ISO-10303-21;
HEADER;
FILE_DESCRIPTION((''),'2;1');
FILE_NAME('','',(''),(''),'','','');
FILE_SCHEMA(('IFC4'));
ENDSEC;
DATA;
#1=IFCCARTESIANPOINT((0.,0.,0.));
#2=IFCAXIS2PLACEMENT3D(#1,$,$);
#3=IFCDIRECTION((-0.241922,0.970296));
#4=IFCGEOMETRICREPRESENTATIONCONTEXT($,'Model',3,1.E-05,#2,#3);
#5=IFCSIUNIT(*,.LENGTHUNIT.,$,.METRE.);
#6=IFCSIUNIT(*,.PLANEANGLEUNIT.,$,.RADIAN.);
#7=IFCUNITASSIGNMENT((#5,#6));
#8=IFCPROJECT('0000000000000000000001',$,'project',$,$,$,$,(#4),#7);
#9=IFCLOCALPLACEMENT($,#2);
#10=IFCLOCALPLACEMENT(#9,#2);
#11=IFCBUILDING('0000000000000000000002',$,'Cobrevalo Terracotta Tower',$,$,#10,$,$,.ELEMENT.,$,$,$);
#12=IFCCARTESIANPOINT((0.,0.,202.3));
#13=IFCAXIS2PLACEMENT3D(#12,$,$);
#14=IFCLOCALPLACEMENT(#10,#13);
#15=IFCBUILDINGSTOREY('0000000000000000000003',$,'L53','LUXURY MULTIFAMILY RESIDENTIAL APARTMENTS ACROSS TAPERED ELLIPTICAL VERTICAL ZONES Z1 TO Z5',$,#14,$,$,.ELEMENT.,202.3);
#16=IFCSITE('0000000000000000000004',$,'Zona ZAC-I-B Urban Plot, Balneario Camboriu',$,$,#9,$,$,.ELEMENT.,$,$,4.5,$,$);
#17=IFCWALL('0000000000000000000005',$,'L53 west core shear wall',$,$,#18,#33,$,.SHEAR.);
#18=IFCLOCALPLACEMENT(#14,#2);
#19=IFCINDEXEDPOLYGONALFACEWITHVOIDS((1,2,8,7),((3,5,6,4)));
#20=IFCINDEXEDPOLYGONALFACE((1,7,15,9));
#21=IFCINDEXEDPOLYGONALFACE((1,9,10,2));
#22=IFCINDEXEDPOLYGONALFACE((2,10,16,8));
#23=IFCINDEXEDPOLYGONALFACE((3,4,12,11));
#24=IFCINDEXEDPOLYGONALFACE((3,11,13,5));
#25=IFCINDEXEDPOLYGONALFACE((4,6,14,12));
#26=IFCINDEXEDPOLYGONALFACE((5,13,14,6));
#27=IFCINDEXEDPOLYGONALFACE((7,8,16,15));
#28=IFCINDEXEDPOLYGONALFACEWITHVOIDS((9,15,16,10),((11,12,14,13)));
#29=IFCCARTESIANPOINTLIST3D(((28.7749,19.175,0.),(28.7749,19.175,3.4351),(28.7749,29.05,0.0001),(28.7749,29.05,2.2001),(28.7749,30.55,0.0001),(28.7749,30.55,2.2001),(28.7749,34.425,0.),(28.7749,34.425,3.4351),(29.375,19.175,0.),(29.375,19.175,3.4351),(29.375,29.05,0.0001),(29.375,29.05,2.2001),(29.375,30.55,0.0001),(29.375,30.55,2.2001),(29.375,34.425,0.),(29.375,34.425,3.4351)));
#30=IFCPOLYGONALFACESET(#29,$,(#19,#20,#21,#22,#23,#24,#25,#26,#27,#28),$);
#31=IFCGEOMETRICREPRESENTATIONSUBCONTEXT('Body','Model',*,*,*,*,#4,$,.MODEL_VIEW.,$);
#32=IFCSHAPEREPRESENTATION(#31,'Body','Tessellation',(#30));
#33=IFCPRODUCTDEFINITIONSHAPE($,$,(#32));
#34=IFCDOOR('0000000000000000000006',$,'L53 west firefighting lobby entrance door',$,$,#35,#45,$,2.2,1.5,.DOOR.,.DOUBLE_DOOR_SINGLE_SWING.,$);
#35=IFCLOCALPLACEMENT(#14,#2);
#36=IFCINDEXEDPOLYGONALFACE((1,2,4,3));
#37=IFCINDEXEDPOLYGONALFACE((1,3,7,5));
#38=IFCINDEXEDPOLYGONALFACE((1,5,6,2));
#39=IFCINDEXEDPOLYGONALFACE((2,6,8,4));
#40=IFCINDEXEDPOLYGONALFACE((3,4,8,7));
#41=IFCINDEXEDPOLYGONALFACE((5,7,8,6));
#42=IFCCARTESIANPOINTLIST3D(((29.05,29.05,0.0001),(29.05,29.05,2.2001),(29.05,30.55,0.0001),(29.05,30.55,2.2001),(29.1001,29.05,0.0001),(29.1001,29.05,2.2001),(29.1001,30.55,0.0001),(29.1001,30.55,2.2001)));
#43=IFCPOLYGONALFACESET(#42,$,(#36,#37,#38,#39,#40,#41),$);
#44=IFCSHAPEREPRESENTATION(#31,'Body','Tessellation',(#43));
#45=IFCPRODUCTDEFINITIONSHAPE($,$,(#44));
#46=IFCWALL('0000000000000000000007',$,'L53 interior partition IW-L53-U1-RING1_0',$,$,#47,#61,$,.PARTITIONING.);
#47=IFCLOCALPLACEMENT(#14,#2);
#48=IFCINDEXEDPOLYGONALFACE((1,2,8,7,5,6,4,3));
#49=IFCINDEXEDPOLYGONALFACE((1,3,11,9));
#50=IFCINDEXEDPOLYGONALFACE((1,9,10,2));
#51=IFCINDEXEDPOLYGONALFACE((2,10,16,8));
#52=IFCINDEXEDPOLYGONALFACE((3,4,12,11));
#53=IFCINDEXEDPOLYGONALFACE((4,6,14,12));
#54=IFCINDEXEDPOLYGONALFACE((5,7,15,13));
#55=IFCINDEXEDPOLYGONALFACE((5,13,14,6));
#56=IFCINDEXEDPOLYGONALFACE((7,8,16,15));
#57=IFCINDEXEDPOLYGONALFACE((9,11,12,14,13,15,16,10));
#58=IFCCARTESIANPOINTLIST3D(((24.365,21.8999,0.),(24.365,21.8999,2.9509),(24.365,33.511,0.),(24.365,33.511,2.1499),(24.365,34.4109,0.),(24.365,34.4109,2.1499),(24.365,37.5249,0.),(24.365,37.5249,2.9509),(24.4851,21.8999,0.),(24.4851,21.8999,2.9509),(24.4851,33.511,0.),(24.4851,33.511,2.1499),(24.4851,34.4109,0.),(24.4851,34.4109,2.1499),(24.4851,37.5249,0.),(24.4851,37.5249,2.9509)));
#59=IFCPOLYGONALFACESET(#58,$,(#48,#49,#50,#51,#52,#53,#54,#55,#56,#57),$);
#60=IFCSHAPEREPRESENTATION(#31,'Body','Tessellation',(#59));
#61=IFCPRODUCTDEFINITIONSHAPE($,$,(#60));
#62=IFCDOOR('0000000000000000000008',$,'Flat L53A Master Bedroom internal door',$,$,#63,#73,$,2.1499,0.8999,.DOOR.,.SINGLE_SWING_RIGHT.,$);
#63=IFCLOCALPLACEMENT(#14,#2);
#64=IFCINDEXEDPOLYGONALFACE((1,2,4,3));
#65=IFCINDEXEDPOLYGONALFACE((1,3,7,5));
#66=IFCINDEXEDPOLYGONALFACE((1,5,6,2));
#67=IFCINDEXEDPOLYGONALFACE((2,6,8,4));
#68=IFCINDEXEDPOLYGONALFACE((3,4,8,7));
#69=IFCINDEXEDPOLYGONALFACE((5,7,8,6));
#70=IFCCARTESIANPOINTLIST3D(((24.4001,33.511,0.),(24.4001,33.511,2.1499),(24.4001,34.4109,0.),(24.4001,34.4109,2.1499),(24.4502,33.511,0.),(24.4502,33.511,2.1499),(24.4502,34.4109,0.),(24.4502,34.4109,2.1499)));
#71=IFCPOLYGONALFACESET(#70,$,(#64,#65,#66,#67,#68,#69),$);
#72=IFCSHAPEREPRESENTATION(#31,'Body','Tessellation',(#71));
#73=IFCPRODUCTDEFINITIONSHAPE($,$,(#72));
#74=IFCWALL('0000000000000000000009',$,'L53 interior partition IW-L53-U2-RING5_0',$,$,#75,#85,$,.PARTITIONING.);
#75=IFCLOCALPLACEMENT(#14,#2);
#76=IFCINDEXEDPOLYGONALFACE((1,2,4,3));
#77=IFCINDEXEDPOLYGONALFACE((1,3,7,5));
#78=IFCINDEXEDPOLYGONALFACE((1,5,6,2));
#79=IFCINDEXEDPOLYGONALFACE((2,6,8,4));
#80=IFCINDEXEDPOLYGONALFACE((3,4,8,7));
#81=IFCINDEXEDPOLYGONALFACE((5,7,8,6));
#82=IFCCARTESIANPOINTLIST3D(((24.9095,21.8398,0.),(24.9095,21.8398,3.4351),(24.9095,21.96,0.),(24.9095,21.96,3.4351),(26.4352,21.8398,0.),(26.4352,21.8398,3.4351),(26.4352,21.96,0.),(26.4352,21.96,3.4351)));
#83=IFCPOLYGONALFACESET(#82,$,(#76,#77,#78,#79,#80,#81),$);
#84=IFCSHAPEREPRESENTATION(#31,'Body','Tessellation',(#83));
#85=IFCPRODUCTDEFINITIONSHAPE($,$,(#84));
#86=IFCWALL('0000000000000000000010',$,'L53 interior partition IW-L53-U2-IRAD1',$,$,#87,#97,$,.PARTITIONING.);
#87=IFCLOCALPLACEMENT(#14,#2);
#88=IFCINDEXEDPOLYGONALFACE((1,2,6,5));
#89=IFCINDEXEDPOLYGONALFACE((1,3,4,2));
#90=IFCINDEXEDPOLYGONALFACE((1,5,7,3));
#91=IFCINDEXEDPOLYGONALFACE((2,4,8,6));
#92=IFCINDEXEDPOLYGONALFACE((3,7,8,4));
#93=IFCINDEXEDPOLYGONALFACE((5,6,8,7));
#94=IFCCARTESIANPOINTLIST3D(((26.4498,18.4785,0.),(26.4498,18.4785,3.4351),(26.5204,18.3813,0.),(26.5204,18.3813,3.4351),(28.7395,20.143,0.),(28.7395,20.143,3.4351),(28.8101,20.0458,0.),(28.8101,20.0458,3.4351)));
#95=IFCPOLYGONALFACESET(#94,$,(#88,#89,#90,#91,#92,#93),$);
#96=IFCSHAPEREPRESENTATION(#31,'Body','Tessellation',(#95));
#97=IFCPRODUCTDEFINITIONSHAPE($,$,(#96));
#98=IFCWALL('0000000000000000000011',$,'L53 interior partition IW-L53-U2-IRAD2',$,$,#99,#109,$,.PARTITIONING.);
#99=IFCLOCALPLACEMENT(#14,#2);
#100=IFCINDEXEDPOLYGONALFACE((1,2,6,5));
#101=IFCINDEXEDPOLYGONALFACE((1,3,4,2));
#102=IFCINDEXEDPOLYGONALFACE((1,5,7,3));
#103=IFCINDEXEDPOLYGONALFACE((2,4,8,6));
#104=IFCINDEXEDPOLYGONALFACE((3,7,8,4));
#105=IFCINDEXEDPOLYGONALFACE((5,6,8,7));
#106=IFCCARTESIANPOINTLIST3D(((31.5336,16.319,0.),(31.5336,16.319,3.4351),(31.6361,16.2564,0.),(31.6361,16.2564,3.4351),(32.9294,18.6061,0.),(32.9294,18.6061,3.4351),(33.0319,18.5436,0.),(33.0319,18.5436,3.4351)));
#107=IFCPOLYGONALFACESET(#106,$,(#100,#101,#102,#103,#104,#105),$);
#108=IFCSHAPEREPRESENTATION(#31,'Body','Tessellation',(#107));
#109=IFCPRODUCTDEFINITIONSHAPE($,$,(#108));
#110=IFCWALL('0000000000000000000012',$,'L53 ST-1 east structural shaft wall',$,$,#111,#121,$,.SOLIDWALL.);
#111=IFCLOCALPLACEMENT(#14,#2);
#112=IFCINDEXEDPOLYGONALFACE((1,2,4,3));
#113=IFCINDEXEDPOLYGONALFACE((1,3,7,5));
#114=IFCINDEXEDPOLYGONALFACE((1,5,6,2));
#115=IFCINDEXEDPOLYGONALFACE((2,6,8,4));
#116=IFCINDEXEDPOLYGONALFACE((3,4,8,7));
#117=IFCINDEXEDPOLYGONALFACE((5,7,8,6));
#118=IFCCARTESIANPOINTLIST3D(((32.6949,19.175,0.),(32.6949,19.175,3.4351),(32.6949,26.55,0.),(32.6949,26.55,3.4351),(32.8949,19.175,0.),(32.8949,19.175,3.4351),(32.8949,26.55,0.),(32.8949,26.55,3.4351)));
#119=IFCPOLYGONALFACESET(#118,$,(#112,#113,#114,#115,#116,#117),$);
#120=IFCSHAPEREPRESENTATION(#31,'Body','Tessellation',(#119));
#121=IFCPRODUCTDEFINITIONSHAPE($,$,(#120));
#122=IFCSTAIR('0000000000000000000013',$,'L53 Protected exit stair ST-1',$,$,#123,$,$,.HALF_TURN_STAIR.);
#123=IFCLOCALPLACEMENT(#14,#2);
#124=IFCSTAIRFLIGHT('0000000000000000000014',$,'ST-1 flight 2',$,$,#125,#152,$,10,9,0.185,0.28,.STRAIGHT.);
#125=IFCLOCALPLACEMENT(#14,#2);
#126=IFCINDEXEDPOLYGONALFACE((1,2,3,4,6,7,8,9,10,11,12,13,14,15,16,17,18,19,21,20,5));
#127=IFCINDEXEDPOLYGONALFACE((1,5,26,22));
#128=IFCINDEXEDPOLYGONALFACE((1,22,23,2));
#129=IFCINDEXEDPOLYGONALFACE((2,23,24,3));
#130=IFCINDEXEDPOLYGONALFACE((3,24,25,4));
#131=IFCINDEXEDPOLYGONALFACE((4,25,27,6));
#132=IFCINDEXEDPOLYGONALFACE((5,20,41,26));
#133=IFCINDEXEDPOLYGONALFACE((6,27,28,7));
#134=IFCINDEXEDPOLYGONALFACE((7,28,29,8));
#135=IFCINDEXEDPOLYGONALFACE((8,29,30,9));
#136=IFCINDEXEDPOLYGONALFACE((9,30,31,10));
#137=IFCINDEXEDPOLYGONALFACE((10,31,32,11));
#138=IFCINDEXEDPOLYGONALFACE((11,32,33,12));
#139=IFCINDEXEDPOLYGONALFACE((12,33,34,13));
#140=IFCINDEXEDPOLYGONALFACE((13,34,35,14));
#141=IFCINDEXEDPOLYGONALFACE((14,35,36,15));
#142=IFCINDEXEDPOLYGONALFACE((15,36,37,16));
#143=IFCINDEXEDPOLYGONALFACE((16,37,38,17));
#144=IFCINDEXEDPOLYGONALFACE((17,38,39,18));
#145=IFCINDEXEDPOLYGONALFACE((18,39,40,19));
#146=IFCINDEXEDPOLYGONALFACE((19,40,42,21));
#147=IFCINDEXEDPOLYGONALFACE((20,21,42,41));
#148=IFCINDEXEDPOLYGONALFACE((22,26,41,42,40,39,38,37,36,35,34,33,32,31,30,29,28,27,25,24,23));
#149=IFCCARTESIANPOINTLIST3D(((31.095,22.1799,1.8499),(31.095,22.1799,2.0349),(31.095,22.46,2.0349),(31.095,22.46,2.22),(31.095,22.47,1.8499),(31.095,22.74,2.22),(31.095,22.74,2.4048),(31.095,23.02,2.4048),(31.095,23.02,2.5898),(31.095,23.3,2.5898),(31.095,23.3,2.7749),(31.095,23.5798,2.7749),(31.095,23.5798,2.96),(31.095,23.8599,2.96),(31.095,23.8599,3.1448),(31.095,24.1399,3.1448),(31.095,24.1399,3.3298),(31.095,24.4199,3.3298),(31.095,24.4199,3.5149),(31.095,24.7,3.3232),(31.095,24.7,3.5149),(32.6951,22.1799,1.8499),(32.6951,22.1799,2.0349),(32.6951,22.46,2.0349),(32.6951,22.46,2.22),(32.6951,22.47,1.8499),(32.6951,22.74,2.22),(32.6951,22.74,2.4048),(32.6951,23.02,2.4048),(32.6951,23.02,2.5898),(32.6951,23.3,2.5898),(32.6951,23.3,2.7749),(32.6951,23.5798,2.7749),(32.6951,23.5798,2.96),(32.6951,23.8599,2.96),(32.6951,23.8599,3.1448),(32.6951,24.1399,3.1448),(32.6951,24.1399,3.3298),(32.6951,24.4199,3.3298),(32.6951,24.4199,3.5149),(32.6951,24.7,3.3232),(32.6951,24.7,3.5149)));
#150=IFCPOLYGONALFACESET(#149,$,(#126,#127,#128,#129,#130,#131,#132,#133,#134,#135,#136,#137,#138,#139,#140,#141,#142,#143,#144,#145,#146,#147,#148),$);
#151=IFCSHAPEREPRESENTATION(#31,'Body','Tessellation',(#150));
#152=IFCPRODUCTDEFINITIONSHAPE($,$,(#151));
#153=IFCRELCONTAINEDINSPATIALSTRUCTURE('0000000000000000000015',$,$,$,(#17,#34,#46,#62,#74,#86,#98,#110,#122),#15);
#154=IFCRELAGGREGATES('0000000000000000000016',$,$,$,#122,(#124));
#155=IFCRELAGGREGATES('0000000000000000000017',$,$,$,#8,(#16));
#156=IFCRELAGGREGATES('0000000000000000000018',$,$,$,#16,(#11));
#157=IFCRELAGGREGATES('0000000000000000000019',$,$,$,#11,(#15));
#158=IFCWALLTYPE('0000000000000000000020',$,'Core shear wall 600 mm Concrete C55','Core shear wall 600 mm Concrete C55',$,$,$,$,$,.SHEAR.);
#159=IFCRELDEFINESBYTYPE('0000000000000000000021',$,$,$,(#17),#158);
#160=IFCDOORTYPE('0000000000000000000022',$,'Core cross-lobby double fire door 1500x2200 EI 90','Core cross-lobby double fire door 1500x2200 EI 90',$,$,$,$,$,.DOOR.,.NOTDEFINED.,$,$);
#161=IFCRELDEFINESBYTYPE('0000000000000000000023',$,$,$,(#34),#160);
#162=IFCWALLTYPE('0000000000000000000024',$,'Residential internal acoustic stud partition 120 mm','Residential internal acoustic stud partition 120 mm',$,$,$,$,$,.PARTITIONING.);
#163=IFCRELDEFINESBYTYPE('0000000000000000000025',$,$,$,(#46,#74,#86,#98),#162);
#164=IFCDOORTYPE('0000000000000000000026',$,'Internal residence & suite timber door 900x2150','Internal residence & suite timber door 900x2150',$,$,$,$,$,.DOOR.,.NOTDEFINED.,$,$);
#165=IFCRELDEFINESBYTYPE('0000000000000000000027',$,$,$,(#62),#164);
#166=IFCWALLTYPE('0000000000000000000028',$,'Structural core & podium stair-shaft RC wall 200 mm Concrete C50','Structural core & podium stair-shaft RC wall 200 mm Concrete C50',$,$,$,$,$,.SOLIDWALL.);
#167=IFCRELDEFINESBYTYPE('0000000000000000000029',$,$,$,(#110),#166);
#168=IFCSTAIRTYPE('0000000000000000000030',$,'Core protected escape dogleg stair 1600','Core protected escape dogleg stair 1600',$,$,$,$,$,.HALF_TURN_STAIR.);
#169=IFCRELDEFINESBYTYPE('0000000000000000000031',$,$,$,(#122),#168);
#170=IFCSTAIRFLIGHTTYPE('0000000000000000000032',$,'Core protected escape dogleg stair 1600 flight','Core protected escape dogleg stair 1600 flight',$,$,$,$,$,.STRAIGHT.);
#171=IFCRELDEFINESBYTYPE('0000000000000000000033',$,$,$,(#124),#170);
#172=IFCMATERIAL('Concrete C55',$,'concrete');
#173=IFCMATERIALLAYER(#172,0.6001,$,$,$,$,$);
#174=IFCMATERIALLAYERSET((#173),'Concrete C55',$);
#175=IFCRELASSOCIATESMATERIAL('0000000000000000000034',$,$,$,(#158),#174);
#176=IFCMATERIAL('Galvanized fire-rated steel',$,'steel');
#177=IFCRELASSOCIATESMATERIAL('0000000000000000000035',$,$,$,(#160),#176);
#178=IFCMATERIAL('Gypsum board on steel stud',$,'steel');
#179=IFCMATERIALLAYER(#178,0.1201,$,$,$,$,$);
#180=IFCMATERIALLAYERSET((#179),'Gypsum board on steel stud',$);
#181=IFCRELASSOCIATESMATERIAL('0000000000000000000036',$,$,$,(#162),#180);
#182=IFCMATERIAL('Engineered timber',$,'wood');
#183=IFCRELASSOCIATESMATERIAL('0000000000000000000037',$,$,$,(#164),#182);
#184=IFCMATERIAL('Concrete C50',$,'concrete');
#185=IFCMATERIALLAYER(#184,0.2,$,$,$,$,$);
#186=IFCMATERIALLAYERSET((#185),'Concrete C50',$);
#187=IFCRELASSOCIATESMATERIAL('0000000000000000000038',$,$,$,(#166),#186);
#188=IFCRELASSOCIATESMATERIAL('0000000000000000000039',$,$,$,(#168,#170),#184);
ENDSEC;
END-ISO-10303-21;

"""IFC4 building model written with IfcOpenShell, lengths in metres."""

from ifc_helpers import new_model, si_unit, direction, frame, frame_2d, origin, place, context, subcontext, project, spatial, polyline, rectangle, outline, extrude, source, transform, mapped, material, layer, layer_set, type_object, element, fill, aggregate, save


model = new_model("IFC4")

# Units and contexts
model_context = context("Model", 3, precision=1e-05, world=origin(), true_north=direction((-0.241922, 0.970296)))
body_context = subcontext(model_context, "Body", "Model", "MODEL_VIEW")
ifc_project = project(units=[si_unit("LENGTHUNIT", "METRE"), si_unit("PLANEANGLEUNIT", "RADIAN")], contexts=[model_context])

# Site, building, storey
site_placement = place(None, origin())
site = spatial("IfcSite", under=ifc_project, at=site_placement, Name="Zona ZAC-I-B Urban Plot, Balneario Camboriu", CompositionType="ELEMENT", RefElevation=4.5)
building_placement = place(site_placement, origin())
building = spatial("IfcBuilding", under=site, at=building_placement, Name="Cobrevalo Terracotta Tower", CompositionType="ELEMENT")
storey_placement = place(building_placement, frame((0.0, 0.0, 202.3)))
storey = spatial("IfcBuildingStorey", under=building, at=storey_placement, Name="L53", Description="LUXURY MULTIFAMILY RESIDENTIAL APARTMENTS ACROSS TAPERED ELLIPTICAL VERTICAL ZONES Z1 TO Z5", CompositionType="ELEMENT", Elevation=202.3)

# Shared definitions
ifc_material_1 = material(Name="Concrete C50", Category="concrete")

# Shared definitions
ifc_material_2 = material(Name="Concrete C55", Category="concrete")
ifc_layer_1 = layer(ifc_material_2, 0.6001)
ifc_layer_set_1 = layer_set([ifc_layer_1], Name="Concrete C55")
wall_type_1 = type_object("IfcWallType", Name="Core shear wall 600 mm Concrete C55", Description="Core shear wall 600 mm Concrete C55", PredefinedType="SHEAR", material=ifc_layer_set_1)

# Walls, openings, doors
wall_1_placement = place(storey_placement, frame((29.075, 19.175, 0.0), z_axis=(0.0, 0.0, 1.0), x_axis=(0.0, 1.0, 0.0)))
wall_1 = element("IfcWall", 1, at=wall_1_placement, inside=storey, type_object=wall_type_1, Name="L53 west core shear wall", PredefinedType="SHEAR", context=body_context, shape_type="SweptSolid", body=[
    extrude(rectangle(XDim=15.25, YDim=0.6001, at=frame_2d((7.625, 0.0))), origin(), (0.0, 0.0, 1.0), 3.4351),
])
opening_1_placement = place(wall_1_placement, frame((9.875, 0.0, 0.0)))
opening_1 = element("IfcOpeningElement", 2, at=opening_1_placement, cuts=wall_1, PredefinedType="OPENING", context=body_context, shape_type="SweptSolid", body=[
    extrude(rectangle(XDim=1.5, YDim=2.2, at=frame_2d((0.75, 1.1001))), frame((0.0, 0.3101, 0.0), z_axis=(0.0, -1.0, 0.0), x_axis=(1.0, 0.0, 0.0)), (0.0, 0.0, 1.0), 0.6201),
])
ifc_material_3 = material(Name="Galvanized fire-rated steel", Category="steel")
door_type_1 = type_object("IfcDoorType", Name="Core cross-lobby double fire door 1500x2200 EI 90", Description="Core cross-lobby double fire door 1500x2200 EI 90", OperationType="NOTDEFINED", PredefinedType="DOOR", material=ifc_material_3)
shared_shape_1 = source(origin(), body_context, "Body", "SweptSolid", [
    extrude(rectangle(XDim=1.5, YDim=2.2, at=frame_2d((0.75, 1.1001))), frame((0.0, 0.0249, 0.0), z_axis=(0.0, -1.0, 0.0), x_axis=(1.0, 0.0, 0.0)), (0.0, 0.0, 1.0), 0.05),
])
door_1_placement = place(opening_1_placement, origin())
door_1 = element("IfcDoor", 3, at=door_1_placement, inside=storey, type_object=door_type_1, Name="L53 west firefighting lobby entrance door", OperationType="DOUBLE_DOOR_SINGLE_SWING", OverallHeight=2.2, OverallWidth=1.5, PredefinedType="DOOR", context=body_context, shape_type="MappedRepresentation", body=[
    mapped(shared_shape_1, transform((0.0, 0.0, 0.0), scale=1.0)),
])
fill(opening_1, door_1)
ifc_material_4 = material(Name="Gypsum board on steel stud", Category="steel")
ifc_layer_2 = layer(ifc_material_4, 0.1201)
ifc_layer_set_2 = layer_set([ifc_layer_2], Name="Gypsum board on steel stud")
wall_type_2 = type_object("IfcWallType", Name="Residential internal acoustic stud partition 120 mm", Description="Residential internal acoustic stud partition 120 mm", PredefinedType="PARTITIONING", material=ifc_layer_set_2)
wall_2_placement = place(storey_placement, frame((24.425, 21.8999, 0.0), z_axis=(0.0, 0.0, 1.0), x_axis=(0.0, 1.0, 0.0)))
wall_2 = element("IfcWall", 4, at=wall_2_placement, inside=storey, type_object=wall_type_2, Name="L53 interior partition IW-L53-U1-RING1_0", PredefinedType="PARTITIONING", context=body_context, shape_type="SweptSolid", body=[
    extrude(rectangle(XDim=15.625, YDim=0.1201, at=frame_2d((7.8125, 0.0))), origin(), (0.0, 0.0, 1.0), 2.9509),
])
opening_2_placement = place(wall_2_placement, frame((11.6111, 0.0, 0.0)))
opening_2 = element("IfcOpeningElement", 5, at=opening_2_placement, cuts=wall_2, PredefinedType="OPENING", context=body_context, shape_type="SweptSolid", body=[
    extrude(rectangle(XDim=0.8999, YDim=2.1499, at=frame_2d((0.45, 1.075))), frame((0.0, 0.0701, 0.0), z_axis=(0.0, -1.0, 0.0), x_axis=(1.0, 0.0, 0.0)), (0.0, 0.0, 1.0), 0.1401),
])
ifc_material_5 = material(Name="Engineered timber", Category="wood")
door_type_2 = type_object("IfcDoorType", Name="Internal residence & suite timber door 900x2150", Description="Internal residence & suite timber door 900x2150", OperationType="NOTDEFINED", PredefinedType="DOOR", material=ifc_material_5)
shared_shape_2 = source(origin(), body_context, "Body", "SweptSolid", [
    extrude(rectangle(XDim=0.8999, YDim=2.1499, at=frame_2d((0.45, 1.075))), frame((0.0, 0.0249, 0.0), z_axis=(0.0, -1.0, 0.0), x_axis=(1.0, 0.0, 0.0)), (0.0, 0.0, 1.0), 0.05),
])
door_2_placement = place(opening_2_placement, origin())
door_2 = element("IfcDoor", 6, at=door_2_placement, inside=storey, type_object=door_type_2, Name="Flat L53A Master Bedroom internal door", OperationType="SINGLE_SWING_RIGHT", OverallHeight=2.1499, OverallWidth=0.8999, PredefinedType="DOOR", context=body_context, shape_type="MappedRepresentation", body=[
    mapped(shared_shape_2, transform((0.0, 0.0, 0.0), scale=1.0)),
])
fill(opening_2, door_2)

# Walls
wall_3_placement = place(storey_placement, frame((26.4351, 21.8999, 0.0), z_axis=(0.0, 0.0, 1.0), x_axis=(-1.0, 0.0, 0.0)))
element("IfcWall", 7, at=wall_3_placement, inside=storey, type_object=wall_type_2, Name="L53 interior partition IW-L53-U2-RING5_0", PredefinedType="PARTITIONING", context=body_context, shape_type="SweptSolid", body=[
    extrude(rectangle(XDim=1.5256, YDim=0.1201, at=frame_2d((0.7627, 0.0))), origin(), (0.0, 0.0, 1.0), 3.4351),
])
wall_4_placement = place(storey_placement, frame((28.7749, 20.0945, 0.0), z_axis=(0.0, 0.0, 1.0), x_axis=(-0.808863, -0.587997, 0.0)))
element("IfcWall", 8, at=wall_4_placement, inside=storey, type_object=wall_type_2, Name="L53 interior partition IW-L53-U2-IRAD1", PredefinedType="PARTITIONING", context=body_context, shape_type="SweptSolid", body=[
    extrude(rectangle(XDim=2.8308, YDim=0.1201, at=frame_2d((1.4155, 0.0))), origin(), (0.0, 0.0, 1.0), 3.4351),
])
wall_5_placement = place(storey_placement, frame((32.9807, 18.575, 0.0), z_axis=(0.0, 0.0, 1.0), x_axis=(-0.520927, -0.853602, 0.0)))
element("IfcWall", 9, at=wall_5_placement, inside=storey, type_object=wall_type_2, Name="L53 interior partition IW-L53-U2-IRAD2", PredefinedType="PARTITIONING", context=body_context, shape_type="SweptSolid", body=[
    extrude(rectangle(XDim=2.6794, YDim=0.1201, at=frame_2d((1.3398, 0.0))), origin(), (0.0, 0.0, 1.0), 3.4351),
])
ifc_layer_3 = layer(ifc_material_1, 0.2)
ifc_layer_set_3 = layer_set([ifc_layer_3], Name="Concrete C50")
wall_type_3 = type_object("IfcWallType", Name="Structural core & podium stair-shaft RC wall 200 mm Concrete C50", Description="Structural core & podium stair-shaft RC wall 200 mm Concrete C50", PredefinedType="SOLIDWALL", material=ifc_layer_set_3)
wall_6_placement = place(storey_placement, frame((32.7949, 19.175, 0.0), z_axis=(0.0, 0.0, 1.0), x_axis=(0.0, 1.0, 0.0)))
element("IfcWall", 10, at=wall_6_placement, inside=storey, type_object=wall_type_3, Name="L53 ST-1 east structural shaft wall", PredefinedType="SOLIDWALL", context=body_context, shape_type="SweptSolid", body=[
    extrude(rectangle(XDim=7.375, YDim=0.2, at=frame_2d((3.6875, 0.0))), origin(), (0.0, 0.0, 1.0), 3.4351),
])

# Stair, stair flight
stair_type = type_object("IfcStairType", Name="Core protected escape dogleg stair 1600", Description="Core protected escape dogleg stair 1600", PredefinedType="HALF_TURN_STAIR", material=ifc_material_1)
stair_placement = place(storey_placement, origin())
stair = element("IfcStair", 11, at=stair_placement, inside=storey, type_object=stair_type, Name="L53 Protected exit stair ST-1", PredefinedType="HALF_TURN_STAIR")
stair_flight_type = type_object("IfcStairFlightType", Name="Core protected escape dogleg stair 1600 flight", Description="Core protected escape dogleg stair 1600 flight", PredefinedType="STRAIGHT", material=ifc_material_1)
stair_flight_placement = place(storey_placement, frame((31.895, 22.1799, 1.8499), z_axis=(0.0, 0.0, 1.0), x_axis=(0.0, 1.0, 0.0)))
stair_flight = element("IfcStairFlight", 12, at=stair_flight_placement, type_object=stair_flight_type, Name="ST-1 flight 2", NumberOfRisers=10, NumberOfTreads=9, PredefinedType="STRAIGHT", RiserHeight=0.185, TreadLength=0.28, context=body_context, shape_type="SweptSolid", body=[
    extrude(outline(polyline([(0.0, 0.0), (0.0, 0.1851), (0.28, 0.1851), (0.28, 0.3701), (0.5601, 0.3701), (0.5601, 0.5549), (0.8401, 0.5549), (0.8401, 0.74), (1.1201, 0.74), (1.1201, 0.925), (1.3999, 0.925), (1.3999, 1.1101), (1.6799, 1.1101), (1.6799, 1.2949), (1.96, 1.2949), (1.96, 1.48), (2.24, 1.48), (2.24, 1.665), (2.52, 1.665), (2.52, 1.8501), (2.52, 1.4734), (0.29, 0.0), (0.0, 0.0)])), frame((0.0, 0.8, 0.0), z_axis=(0.0, -1.0, 0.0), x_axis=(1.0, 0.0, 0.0)), (0.0, 0.0, 1.0), 1.6001),
])
aggregate(stair, [stair_flight])

save(model, "model.ifc")
